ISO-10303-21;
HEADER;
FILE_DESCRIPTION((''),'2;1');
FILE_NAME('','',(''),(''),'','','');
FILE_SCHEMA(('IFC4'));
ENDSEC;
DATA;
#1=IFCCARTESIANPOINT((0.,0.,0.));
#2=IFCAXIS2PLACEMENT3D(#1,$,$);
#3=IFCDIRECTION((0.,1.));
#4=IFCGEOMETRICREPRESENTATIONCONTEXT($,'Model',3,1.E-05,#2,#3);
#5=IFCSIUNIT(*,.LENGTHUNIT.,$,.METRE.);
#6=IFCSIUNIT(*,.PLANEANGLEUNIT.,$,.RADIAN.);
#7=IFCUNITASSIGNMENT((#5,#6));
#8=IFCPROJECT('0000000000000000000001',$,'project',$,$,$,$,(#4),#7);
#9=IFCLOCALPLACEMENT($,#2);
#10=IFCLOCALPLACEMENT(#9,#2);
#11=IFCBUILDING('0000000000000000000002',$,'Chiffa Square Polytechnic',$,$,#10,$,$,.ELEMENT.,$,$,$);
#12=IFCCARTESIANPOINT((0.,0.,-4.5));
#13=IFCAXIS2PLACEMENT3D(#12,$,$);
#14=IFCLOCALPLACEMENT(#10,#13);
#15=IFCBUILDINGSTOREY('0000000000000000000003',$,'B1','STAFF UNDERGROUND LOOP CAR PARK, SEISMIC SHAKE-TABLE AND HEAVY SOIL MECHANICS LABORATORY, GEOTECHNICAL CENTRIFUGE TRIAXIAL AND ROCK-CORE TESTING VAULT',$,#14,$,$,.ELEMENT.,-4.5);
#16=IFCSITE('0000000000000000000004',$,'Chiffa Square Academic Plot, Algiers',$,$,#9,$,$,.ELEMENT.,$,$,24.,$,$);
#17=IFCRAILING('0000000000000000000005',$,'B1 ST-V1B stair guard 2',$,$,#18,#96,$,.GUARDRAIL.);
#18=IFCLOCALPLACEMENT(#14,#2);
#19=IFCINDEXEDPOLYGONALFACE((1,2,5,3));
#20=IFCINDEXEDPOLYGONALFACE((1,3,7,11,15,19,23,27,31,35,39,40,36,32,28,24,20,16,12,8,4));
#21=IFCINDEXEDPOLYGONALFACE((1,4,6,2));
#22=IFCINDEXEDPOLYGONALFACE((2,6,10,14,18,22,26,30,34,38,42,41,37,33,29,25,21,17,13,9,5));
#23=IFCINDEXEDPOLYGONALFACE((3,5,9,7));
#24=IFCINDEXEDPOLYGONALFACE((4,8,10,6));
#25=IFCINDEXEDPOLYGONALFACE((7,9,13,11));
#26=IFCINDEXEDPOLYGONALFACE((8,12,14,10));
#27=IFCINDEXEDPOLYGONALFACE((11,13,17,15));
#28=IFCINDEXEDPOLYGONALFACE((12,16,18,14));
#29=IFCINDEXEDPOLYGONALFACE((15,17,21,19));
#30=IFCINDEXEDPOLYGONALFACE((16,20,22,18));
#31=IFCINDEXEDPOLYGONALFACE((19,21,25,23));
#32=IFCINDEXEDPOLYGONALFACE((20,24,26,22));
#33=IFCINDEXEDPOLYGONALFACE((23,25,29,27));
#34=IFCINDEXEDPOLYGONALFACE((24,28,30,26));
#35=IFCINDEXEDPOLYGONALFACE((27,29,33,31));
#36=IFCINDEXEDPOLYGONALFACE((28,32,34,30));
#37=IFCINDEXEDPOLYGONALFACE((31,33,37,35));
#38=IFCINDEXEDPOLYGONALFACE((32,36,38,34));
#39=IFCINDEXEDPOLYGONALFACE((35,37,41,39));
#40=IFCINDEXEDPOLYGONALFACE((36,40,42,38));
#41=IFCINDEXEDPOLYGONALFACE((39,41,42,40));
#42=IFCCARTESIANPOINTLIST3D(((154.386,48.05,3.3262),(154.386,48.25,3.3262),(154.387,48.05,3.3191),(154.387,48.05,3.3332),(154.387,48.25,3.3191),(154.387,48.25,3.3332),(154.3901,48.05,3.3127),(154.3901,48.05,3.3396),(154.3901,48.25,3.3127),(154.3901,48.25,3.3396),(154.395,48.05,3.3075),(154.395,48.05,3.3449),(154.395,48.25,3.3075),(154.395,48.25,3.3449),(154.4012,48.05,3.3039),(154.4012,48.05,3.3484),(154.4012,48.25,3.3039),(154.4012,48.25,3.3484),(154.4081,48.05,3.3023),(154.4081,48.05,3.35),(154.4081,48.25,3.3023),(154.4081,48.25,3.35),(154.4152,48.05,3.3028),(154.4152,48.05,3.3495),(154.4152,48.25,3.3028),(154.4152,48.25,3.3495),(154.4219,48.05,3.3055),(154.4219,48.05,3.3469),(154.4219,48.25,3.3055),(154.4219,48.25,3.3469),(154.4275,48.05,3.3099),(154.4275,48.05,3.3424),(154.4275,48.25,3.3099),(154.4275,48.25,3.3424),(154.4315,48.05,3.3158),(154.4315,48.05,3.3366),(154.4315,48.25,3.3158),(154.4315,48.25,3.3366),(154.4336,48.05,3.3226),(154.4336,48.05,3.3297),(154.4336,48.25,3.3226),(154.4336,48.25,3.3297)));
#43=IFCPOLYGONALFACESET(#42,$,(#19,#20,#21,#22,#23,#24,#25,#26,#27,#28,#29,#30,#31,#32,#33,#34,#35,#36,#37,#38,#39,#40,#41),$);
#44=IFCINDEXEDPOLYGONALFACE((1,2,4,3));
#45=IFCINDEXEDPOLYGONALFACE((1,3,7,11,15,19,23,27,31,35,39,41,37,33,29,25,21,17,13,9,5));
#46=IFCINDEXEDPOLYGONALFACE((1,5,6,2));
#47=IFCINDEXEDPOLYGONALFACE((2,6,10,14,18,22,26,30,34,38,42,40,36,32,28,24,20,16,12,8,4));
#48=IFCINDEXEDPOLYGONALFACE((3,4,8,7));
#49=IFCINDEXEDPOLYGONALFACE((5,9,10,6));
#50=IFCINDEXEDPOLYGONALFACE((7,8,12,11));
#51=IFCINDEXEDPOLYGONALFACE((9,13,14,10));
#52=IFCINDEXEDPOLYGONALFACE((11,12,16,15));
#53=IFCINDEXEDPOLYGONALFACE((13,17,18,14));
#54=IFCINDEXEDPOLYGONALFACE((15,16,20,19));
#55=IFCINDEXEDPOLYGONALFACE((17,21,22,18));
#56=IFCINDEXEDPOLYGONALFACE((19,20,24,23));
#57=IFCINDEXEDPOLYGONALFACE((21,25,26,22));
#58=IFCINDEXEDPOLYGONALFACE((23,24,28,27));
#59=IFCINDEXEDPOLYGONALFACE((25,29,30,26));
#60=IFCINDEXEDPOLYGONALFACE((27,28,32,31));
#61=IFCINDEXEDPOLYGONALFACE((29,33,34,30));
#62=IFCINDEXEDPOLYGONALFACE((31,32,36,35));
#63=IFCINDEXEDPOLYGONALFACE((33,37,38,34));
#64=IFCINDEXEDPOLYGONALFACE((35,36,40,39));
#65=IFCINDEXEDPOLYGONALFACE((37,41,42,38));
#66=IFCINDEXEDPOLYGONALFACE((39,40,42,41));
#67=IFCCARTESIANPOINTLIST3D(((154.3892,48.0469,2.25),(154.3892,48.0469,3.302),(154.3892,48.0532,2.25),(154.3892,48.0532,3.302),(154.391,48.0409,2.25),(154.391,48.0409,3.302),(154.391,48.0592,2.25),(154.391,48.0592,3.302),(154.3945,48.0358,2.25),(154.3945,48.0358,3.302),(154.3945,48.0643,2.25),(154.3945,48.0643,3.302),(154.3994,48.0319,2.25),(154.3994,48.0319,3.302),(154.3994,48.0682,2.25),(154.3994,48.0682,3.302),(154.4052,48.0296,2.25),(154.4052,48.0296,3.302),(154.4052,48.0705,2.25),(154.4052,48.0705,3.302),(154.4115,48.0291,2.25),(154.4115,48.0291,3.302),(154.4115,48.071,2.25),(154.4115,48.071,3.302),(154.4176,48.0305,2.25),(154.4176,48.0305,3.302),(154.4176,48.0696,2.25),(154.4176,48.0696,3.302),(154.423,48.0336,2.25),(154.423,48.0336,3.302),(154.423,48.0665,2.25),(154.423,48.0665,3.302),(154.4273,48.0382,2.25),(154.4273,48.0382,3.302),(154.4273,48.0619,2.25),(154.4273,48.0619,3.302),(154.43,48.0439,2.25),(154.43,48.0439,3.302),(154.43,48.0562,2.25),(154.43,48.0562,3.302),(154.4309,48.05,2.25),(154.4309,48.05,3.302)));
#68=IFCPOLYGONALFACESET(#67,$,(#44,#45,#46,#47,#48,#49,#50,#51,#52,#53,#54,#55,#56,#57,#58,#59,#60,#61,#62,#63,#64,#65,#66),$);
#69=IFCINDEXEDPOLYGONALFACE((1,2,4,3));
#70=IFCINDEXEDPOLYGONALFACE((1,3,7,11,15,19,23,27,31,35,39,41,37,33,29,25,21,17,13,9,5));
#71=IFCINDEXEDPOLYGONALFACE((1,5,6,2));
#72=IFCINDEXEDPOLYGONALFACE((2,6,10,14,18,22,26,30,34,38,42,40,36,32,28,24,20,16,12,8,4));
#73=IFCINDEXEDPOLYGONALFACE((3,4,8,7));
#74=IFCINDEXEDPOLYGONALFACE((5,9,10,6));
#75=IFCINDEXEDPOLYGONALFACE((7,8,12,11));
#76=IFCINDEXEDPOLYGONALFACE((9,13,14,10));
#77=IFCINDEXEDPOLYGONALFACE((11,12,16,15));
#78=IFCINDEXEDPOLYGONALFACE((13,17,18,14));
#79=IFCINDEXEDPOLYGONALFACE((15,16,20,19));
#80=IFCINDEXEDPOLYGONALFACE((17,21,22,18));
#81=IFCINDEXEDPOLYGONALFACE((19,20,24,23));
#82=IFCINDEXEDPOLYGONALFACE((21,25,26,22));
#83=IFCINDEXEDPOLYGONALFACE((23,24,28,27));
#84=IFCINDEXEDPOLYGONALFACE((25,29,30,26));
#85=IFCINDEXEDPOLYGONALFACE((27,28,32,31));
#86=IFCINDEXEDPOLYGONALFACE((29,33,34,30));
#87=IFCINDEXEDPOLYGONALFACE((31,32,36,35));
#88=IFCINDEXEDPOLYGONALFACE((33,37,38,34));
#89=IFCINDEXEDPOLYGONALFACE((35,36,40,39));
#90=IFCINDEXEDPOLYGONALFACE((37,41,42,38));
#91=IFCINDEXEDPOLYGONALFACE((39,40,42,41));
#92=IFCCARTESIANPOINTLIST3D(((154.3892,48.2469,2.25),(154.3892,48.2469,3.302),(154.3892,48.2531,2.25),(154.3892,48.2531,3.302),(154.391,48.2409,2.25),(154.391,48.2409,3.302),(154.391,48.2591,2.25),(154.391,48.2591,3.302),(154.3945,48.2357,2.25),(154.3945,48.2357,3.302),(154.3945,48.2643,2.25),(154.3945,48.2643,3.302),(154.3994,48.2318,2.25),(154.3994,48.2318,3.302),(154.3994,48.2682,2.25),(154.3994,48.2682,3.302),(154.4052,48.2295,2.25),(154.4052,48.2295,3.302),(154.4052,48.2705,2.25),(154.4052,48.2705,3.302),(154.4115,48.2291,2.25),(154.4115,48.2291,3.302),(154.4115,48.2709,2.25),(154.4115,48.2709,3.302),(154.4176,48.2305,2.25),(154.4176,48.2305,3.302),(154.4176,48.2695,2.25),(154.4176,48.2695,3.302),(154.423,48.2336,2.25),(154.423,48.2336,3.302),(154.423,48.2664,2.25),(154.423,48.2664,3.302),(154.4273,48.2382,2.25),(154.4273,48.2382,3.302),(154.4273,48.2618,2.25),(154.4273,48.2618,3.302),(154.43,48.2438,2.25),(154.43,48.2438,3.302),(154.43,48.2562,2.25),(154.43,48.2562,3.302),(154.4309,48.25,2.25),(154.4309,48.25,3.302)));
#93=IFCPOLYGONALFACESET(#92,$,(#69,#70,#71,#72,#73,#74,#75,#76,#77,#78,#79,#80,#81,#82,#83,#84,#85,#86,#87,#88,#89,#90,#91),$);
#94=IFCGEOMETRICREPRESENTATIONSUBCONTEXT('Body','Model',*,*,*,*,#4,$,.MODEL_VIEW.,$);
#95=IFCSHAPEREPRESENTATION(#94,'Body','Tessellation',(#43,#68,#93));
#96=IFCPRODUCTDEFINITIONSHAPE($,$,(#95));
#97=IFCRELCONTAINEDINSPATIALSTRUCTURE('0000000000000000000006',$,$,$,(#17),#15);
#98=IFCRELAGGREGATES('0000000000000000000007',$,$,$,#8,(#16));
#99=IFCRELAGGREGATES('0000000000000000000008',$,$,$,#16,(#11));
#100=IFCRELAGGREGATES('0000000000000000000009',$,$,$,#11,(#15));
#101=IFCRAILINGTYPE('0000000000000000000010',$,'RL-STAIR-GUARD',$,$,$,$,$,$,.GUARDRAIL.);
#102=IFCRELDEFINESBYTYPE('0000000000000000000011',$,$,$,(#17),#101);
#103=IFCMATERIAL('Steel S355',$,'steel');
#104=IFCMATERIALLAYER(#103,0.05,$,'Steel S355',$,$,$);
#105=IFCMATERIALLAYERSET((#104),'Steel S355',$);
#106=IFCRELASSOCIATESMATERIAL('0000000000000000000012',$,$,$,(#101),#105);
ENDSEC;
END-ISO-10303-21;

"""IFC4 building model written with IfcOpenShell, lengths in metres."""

from ifc_helpers import new_model, si_unit, direction, frame, origin, origin_2d, place, context, subcontext, project, spatial, circle, extrude, material, layer, layer_set, type_object, element, save


model = new_model("IFC4")

# Units and contexts
model_context = context("Model", 3, precision=1e-05, world=origin(), true_north=direction((0.0, 1.0)))
body_context = subcontext(model_context, "Body", "Model", "MODEL_VIEW")
ifc_project = project(units=[si_unit("LENGTHUNIT", "METRE"), si_unit("PLANEANGLEUNIT", "RADIAN")], contexts=[model_context])

# Site, building, storey
site_placement = place(None, origin())
site = spatial("IfcSite", under=ifc_project, at=site_placement, Name="Chiffa Square Academic Plot, Algiers", CompositionType="ELEMENT", RefElevation=24.0)
building_placement = place(site_placement, origin())
building = spatial("IfcBuilding", under=site, at=building_placement, Name="Chiffa Square Polytechnic", CompositionType="ELEMENT")
storey_placement = place(building_placement, frame((0.0, 0.0, -4.5)))
storey = spatial("IfcBuildingStorey", under=building, at=storey_placement, Name="B1", Description="STAFF UNDERGROUND LOOP CAR PARK, SEISMIC SHAKE-TABLE AND HEAVY SOIL MECHANICS LABORATORY, GEOTECHNICAL CENTRIFUGE TRIAXIAL AND ROCK-CORE TESTING VAULT", CompositionType="ELEMENT", Elevation=-4.5)

# Railing
ifc_material_1 = material(Name="Steel S355", Category="steel")
ifc_layer_1 = layer(ifc_material_1, 0.05, Name="Steel S355")
ifc_layer_set_1 = layer_set([ifc_layer_1], Name="Steel S355")
railing_type_1 = type_object("IfcRailingType", Name="RL-STAIR-GUARD", PredefinedType="GUARDRAIL", material=ifc_layer_set_1)
railing_1_placement = place(storey_placement, frame((154.4099, 48.05, 2.25)))
element("IfcRailing", 1, at=railing_1_placement, inside=storey, type_object=railing_type_1, Name="B1 ST-V1B stair guard 2", PredefinedType="GUARDRAIL", context=body_context, shape_type="SweptSolid", body=[
    extrude(circle(Radius=0.0239, at=origin_2d()), frame((0.0, 0.0, 1.0762), z_axis=(0.0, 1.0, 0.0), x_axis=(-1.0, 0.0, 0.0)), (0.0, 0.0, 1.0), 0.2),
    extrude(circle(Radius=0.021, at=origin_2d()), origin(), (0.0, 0.0, 1.0), 1.052),
    extrude(circle(Radius=0.021, at=origin_2d()), frame((0.0, 0.2, 0.0)), (0.0, 0.0, 1.0), 1.052),
])

save(model, "model.ifc")
